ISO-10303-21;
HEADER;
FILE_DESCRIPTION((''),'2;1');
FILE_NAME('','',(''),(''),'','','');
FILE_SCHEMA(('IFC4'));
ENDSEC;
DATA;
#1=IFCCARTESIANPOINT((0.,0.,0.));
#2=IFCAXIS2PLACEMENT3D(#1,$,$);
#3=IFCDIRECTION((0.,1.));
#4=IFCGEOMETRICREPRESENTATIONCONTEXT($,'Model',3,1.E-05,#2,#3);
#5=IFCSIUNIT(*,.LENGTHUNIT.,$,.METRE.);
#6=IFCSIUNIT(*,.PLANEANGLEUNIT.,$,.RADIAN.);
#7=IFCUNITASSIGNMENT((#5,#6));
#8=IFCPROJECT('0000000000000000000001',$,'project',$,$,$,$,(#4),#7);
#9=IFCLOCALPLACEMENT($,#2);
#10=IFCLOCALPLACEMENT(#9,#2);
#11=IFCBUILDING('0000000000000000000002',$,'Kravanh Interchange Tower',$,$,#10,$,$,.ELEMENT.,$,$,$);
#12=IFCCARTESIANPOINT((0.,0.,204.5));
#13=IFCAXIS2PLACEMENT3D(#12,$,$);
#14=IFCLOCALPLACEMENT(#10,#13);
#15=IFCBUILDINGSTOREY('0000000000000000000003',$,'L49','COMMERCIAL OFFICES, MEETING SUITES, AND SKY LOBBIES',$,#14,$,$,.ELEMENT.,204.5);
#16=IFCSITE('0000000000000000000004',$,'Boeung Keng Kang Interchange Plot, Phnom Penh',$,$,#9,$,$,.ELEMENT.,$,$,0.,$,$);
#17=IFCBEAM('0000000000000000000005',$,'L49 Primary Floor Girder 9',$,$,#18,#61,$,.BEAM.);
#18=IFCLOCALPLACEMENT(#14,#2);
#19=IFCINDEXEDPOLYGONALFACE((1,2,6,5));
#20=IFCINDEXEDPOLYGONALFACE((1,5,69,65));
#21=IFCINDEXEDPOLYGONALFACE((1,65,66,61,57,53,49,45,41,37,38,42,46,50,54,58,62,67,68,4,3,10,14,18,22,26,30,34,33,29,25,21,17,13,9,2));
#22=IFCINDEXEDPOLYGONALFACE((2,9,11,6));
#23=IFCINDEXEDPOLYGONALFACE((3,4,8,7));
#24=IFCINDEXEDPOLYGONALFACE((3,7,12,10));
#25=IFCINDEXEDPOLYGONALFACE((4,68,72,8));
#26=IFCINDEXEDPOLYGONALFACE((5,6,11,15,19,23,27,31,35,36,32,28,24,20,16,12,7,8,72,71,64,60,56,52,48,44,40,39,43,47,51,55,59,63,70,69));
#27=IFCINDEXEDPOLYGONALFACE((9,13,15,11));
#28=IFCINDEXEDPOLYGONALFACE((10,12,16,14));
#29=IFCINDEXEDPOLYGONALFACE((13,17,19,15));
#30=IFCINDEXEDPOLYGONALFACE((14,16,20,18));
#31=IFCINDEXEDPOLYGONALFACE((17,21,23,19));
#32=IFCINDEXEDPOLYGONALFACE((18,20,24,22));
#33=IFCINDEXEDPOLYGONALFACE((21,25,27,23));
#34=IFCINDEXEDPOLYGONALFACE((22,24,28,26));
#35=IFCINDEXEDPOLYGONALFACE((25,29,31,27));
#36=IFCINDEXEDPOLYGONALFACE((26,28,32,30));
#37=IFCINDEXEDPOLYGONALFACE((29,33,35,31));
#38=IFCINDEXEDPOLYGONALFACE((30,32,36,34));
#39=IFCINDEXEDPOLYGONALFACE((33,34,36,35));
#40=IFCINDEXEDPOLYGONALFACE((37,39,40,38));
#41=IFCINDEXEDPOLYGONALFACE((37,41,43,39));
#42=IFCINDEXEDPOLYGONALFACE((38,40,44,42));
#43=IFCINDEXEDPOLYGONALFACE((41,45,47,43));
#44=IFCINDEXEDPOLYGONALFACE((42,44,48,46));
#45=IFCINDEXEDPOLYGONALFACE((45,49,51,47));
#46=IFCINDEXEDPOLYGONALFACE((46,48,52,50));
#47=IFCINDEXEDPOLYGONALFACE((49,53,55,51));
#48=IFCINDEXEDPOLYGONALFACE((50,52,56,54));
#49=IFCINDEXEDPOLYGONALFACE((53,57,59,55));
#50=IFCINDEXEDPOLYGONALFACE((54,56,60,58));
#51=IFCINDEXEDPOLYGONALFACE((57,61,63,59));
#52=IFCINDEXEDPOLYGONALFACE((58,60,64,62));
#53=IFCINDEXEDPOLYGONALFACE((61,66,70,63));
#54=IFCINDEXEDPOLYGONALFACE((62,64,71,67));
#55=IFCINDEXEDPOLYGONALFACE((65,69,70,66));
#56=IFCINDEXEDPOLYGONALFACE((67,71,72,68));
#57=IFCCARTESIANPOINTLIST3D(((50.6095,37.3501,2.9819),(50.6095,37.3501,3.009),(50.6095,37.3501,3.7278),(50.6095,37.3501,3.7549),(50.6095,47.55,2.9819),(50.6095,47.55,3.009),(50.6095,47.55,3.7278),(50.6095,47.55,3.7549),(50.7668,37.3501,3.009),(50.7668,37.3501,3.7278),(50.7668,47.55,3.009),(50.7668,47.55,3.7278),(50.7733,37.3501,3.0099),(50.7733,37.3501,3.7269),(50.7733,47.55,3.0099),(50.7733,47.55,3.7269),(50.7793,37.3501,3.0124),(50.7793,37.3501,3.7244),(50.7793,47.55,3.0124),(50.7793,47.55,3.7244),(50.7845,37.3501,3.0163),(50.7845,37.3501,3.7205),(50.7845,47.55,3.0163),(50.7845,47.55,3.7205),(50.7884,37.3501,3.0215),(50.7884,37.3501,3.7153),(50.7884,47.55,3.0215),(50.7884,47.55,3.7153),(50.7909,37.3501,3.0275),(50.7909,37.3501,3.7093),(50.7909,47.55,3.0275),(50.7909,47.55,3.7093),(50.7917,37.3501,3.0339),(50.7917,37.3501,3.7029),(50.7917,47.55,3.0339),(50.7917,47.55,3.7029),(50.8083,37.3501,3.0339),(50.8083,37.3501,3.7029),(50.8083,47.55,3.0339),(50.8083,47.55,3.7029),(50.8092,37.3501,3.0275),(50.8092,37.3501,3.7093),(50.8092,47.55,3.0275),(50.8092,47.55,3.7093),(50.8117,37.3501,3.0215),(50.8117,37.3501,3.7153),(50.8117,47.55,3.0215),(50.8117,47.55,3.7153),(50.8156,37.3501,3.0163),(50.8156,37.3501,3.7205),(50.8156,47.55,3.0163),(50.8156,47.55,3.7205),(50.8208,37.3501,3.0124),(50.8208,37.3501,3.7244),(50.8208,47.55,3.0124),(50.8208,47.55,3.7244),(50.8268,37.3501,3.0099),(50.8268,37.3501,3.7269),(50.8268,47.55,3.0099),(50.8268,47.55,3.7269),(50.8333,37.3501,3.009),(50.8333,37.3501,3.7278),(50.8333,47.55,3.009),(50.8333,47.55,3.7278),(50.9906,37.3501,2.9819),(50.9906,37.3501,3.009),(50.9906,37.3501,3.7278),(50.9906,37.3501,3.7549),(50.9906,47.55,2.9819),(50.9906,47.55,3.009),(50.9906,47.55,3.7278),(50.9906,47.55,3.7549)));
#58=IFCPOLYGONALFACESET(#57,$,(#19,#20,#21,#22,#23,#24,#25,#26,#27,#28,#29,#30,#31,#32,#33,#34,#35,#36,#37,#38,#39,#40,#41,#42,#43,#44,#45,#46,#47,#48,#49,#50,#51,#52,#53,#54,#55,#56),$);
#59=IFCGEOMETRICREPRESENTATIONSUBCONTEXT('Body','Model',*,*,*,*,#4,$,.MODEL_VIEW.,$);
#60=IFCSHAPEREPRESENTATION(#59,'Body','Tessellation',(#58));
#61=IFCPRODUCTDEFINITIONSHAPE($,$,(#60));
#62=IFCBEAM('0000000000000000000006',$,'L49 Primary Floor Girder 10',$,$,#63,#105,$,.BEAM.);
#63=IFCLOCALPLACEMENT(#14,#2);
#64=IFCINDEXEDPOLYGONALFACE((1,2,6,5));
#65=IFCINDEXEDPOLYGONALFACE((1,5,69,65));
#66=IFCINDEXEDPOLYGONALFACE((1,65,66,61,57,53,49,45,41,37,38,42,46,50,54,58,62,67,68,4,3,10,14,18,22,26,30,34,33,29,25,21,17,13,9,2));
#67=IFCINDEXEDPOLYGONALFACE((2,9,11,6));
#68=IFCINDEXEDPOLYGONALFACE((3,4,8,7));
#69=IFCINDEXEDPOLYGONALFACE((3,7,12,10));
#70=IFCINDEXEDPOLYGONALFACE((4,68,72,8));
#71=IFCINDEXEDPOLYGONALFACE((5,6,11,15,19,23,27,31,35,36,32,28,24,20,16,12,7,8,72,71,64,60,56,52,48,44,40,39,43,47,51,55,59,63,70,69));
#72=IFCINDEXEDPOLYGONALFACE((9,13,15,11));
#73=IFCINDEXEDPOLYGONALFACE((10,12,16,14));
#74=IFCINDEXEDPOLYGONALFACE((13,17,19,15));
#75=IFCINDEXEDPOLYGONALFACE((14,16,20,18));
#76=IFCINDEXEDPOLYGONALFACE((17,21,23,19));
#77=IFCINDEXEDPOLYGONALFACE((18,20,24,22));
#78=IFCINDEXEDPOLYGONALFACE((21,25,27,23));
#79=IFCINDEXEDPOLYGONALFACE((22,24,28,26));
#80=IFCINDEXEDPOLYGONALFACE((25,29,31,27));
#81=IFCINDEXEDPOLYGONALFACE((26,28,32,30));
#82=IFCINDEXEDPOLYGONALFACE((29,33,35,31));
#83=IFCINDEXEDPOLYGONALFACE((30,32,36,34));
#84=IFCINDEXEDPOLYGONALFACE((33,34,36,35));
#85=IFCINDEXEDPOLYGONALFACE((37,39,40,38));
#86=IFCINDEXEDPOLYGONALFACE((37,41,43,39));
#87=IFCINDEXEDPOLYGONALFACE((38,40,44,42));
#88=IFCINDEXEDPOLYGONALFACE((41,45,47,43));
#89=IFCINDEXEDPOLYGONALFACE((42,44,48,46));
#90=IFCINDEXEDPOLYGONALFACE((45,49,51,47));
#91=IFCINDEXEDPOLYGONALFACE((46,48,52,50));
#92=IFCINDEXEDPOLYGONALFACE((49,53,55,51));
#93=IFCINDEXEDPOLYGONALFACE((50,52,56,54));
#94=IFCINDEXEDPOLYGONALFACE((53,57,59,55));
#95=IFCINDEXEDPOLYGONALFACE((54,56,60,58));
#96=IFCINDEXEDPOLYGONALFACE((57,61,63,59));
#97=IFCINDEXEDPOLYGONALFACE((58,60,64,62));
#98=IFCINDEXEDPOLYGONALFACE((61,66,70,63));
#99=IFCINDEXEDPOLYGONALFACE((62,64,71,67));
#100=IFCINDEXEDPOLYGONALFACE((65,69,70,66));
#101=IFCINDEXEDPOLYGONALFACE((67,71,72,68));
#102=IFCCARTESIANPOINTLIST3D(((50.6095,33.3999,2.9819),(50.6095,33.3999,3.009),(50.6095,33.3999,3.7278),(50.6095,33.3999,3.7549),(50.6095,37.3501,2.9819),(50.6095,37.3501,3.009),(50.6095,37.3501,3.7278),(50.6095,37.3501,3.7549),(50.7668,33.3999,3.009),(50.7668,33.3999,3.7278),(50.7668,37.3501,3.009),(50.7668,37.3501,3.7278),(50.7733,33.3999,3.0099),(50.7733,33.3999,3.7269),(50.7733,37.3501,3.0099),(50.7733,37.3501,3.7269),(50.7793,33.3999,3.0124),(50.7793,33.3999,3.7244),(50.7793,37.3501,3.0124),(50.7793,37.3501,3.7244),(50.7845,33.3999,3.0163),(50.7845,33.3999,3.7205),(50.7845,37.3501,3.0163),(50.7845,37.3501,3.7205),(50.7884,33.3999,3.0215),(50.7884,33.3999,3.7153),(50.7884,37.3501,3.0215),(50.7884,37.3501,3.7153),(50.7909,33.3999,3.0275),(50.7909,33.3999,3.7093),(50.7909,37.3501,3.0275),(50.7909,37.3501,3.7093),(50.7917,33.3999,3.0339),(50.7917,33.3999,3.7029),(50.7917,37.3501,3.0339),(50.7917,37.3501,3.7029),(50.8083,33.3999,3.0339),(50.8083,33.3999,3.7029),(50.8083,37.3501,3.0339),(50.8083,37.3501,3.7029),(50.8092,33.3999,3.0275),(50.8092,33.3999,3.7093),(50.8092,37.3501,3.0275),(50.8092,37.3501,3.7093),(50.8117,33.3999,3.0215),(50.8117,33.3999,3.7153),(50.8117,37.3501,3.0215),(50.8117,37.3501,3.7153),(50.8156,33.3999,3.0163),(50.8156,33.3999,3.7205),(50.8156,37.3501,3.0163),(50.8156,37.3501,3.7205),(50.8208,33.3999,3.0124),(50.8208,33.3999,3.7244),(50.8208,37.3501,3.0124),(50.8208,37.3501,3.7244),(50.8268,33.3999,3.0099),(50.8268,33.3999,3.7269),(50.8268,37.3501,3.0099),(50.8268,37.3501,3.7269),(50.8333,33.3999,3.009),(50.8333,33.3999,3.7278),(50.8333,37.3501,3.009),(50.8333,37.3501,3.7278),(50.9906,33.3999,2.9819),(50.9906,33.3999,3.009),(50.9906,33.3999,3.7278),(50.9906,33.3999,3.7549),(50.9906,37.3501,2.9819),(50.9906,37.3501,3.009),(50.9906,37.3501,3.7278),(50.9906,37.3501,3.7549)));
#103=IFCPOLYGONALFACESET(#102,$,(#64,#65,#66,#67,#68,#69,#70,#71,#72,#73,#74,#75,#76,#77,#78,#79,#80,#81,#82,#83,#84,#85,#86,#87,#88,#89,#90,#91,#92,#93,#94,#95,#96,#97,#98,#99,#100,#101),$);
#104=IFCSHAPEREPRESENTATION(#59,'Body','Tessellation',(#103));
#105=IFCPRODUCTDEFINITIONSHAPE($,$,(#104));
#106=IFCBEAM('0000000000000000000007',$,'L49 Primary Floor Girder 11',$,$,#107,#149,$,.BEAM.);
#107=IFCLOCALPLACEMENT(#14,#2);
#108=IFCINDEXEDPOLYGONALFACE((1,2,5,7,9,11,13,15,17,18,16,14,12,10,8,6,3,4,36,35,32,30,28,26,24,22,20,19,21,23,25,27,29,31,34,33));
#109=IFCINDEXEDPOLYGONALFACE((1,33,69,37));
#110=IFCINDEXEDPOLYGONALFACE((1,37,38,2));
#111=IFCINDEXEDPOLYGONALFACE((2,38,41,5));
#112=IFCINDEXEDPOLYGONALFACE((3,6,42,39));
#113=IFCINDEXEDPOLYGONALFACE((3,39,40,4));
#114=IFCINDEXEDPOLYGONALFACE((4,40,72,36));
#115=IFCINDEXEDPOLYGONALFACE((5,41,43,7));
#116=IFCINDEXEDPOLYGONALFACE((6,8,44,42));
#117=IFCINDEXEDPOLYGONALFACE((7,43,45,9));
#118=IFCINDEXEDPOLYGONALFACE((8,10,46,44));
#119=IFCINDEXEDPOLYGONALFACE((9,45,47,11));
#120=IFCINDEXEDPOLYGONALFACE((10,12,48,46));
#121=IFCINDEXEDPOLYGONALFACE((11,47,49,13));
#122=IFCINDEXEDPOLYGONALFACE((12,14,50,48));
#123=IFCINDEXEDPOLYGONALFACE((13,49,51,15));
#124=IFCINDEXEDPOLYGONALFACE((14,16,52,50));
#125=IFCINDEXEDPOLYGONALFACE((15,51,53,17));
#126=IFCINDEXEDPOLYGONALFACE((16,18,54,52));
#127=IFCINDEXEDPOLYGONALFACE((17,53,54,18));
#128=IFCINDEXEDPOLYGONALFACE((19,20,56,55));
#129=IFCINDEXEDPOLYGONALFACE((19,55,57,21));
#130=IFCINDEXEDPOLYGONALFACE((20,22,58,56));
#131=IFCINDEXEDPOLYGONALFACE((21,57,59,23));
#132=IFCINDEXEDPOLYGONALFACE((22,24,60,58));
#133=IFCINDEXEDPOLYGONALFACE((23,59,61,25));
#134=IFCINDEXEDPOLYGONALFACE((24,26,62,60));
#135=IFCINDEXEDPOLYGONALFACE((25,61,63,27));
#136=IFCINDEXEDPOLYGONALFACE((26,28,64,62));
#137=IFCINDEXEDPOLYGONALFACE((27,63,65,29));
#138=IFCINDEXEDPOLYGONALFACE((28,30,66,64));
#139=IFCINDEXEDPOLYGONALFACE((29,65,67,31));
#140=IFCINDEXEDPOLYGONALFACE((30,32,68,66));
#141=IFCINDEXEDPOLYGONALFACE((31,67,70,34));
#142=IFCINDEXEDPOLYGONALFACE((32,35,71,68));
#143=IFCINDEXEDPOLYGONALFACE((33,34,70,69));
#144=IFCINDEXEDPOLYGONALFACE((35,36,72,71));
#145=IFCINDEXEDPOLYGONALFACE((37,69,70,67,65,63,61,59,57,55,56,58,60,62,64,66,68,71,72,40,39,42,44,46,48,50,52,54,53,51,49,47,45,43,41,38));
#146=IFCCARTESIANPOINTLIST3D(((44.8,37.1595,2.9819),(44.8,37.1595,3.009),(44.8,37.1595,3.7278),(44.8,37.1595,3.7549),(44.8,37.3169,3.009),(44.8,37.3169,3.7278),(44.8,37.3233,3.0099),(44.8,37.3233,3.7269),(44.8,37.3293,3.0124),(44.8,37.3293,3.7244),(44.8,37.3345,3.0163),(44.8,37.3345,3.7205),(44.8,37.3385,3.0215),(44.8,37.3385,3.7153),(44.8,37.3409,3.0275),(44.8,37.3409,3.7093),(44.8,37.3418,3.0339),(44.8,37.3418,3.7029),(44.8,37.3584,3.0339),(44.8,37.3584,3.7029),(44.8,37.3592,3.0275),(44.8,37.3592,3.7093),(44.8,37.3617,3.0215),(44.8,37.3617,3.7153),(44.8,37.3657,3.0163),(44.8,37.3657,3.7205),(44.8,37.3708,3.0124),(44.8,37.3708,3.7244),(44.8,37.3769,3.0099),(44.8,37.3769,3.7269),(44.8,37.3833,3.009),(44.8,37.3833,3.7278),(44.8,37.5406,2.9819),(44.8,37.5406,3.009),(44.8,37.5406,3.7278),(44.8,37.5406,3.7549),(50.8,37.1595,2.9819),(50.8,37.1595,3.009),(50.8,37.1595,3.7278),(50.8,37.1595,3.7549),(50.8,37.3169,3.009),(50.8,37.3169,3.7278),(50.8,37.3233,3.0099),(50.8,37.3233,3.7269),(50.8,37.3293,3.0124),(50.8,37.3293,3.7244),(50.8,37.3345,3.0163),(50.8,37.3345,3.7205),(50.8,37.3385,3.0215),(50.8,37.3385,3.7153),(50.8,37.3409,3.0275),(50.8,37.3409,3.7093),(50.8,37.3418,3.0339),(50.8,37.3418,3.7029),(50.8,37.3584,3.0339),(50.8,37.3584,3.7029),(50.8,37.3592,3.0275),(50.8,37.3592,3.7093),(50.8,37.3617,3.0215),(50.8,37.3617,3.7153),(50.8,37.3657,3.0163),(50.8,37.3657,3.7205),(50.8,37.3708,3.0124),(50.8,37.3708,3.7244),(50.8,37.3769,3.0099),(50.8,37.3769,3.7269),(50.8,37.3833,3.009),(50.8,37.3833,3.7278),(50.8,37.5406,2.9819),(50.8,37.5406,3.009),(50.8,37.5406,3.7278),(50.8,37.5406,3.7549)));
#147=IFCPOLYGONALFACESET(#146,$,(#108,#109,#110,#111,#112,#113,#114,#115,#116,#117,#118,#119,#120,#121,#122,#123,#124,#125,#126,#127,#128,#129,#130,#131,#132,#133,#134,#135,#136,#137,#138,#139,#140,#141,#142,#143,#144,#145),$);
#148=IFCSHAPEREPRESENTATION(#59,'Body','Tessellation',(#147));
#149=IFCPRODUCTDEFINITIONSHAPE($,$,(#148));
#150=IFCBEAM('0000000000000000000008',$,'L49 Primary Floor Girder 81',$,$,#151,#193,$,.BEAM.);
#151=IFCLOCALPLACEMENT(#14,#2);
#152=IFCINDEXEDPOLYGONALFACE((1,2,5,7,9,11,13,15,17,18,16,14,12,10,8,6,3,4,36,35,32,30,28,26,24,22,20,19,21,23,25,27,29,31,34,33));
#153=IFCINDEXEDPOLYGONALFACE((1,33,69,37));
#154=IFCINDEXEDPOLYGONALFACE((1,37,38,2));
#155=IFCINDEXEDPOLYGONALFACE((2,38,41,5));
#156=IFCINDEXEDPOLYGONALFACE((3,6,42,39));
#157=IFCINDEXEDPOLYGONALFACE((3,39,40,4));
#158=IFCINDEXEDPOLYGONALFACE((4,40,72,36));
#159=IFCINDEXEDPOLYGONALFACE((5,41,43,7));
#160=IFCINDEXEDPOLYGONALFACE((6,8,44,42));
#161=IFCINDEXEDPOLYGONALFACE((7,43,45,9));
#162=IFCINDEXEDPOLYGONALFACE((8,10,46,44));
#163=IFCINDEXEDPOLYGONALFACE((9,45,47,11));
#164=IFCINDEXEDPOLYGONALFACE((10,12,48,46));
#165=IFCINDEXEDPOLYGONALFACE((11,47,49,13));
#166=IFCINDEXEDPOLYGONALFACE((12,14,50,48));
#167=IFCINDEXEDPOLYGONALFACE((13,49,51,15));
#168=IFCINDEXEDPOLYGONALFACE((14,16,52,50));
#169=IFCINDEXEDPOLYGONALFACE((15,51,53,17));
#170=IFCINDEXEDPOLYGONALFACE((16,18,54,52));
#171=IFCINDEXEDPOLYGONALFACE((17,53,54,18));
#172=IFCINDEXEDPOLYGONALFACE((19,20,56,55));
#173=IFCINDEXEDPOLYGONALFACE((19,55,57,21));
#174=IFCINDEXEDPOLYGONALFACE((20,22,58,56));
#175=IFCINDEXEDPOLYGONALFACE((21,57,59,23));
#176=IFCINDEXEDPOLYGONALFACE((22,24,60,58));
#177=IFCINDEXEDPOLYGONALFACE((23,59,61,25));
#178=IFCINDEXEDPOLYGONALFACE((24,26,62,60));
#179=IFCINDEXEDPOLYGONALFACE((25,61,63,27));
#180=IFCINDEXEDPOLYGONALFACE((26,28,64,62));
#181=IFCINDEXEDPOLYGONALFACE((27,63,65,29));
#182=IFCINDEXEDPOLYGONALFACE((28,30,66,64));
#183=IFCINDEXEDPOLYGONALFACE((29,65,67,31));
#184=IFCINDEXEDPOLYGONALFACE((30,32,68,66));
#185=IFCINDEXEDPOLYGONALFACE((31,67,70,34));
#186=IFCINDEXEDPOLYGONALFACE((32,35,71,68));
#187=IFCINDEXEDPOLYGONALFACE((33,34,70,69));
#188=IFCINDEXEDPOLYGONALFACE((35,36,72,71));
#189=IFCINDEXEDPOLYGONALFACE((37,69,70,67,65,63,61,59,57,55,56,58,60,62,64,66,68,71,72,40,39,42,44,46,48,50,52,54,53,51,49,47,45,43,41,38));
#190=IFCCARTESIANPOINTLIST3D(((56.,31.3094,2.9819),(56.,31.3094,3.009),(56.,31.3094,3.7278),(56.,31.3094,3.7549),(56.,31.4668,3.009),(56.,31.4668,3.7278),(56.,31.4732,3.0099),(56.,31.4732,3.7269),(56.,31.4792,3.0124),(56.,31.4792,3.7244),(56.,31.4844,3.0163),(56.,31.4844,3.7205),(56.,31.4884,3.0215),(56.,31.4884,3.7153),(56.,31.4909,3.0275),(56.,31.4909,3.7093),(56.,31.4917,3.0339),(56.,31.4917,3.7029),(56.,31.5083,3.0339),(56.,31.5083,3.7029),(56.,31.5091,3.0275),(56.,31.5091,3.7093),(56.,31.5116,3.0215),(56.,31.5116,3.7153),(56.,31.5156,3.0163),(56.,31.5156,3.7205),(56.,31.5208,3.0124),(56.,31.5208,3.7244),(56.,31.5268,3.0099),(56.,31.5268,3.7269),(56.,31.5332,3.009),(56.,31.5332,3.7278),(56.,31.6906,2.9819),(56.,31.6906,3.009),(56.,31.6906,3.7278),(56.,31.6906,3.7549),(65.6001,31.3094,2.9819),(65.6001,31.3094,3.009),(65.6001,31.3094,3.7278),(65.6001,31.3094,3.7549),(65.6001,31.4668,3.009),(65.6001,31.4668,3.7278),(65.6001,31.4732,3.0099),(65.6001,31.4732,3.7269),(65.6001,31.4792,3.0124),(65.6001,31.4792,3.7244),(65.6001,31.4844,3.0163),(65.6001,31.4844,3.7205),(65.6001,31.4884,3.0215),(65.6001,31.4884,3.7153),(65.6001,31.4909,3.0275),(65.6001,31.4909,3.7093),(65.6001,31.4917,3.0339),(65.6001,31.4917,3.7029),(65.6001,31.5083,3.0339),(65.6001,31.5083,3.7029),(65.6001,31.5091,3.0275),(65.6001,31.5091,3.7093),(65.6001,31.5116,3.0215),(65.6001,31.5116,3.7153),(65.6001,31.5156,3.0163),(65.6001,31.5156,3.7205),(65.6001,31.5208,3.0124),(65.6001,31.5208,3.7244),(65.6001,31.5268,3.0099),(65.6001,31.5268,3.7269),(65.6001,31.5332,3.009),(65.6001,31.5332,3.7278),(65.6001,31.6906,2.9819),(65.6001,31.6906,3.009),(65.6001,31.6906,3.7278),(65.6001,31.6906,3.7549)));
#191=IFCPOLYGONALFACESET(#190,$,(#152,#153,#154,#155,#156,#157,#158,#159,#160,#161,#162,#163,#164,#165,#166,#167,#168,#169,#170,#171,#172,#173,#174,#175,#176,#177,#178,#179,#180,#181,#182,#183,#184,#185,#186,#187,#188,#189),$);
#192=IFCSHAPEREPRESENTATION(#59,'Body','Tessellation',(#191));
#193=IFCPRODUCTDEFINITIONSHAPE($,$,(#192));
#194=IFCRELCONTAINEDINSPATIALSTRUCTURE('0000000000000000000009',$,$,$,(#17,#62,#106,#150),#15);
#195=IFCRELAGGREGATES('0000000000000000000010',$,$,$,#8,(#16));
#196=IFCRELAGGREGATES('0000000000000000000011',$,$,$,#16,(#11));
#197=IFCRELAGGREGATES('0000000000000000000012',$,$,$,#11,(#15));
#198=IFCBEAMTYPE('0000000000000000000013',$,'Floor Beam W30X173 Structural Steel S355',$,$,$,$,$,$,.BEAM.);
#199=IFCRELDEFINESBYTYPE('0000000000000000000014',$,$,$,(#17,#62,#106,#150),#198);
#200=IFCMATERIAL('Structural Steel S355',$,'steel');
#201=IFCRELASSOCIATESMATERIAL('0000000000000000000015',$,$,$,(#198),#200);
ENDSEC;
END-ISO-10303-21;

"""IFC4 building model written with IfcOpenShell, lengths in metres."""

from ifc_helpers import new_model, si_unit, direction, frame, origin, origin_2d, place, context, subcontext, project, spatial, i_section, extrude, material, material_profile, profile_set, type_object, element, save


model = new_model("IFC4")

# Units and contexts
model_context = context("Model", 3, precision=1e-05, world=origin(), true_north=direction((0.0, 1.0)))
body_context = subcontext(model_context, "Body", "Model", "MODEL_VIEW")
ifc_project = project(units=[si_unit("LENGTHUNIT", "METRE"), si_unit("PLANEANGLEUNIT", "RADIAN")], contexts=[model_context])

# Site, building, storey
site_placement = place(None, origin())
site = spatial("IfcSite", under=ifc_project, at=site_placement, Name="Boeung Keng Kang Interchange Plot, Phnom Penh", CompositionType="ELEMENT", RefElevation=0.0)
building_placement = place(site_placement, origin())
building = spatial("IfcBuilding", under=site, at=building_placement, Name="Kravanh Interchange Tower", CompositionType="ELEMENT")
storey_placement = place(building_placement, frame((0.0, 0.0, 204.5)))
storey = spatial("IfcBuildingStorey", under=building, at=storey_placement, Name="L49", Description="COMMERCIAL OFFICES, MEETING SUITES, AND SKY LOBBIES", CompositionType="ELEMENT", Elevation=204.5)

# Beams
ifc_material_1 = material(Name="Structural Steel S355", Category="steel")
ifc_material_profile_1 = material_profile(ifc_material_1, i_section(OverallWidth=0.3811, OverallDepth=0.7729, WebThickness=0.0166, FlangeThickness=0.0271, FilletRadius=0.0249, at=origin_2d()), Name="W30X173")
ifc_profile_set_1 = profile_set([ifc_material_profile_1], Name="Structural Steel S355")
beam_type_1 = type_object("IfcBeamType", Name="Floor Beam W30X173 Structural Steel S355", PredefinedType="BEAM", material=ifc_profile_set_1)
beam_1_placement = place(storey_placement, frame((50.8, 47.55, 3.3684), z_axis=(0.0, -1.0, 0.0), x_axis=(1.0, 0.0, 0.0)))
element("IfcBeam", 1, at=beam_1_placement, inside=storey, type_object=beam_type_1, Name="L49 Primary Floor Girder 9", PredefinedType="BEAM", context=body_context, shape_type="SweptSolid", body=[
    extrude(i_section(OverallWidth=0.3811, OverallDepth=0.7729, WebThickness=0.0166, FlangeThickness=0.0271, FilletRadius=0.0249, at=origin_2d()), origin(), (0.0, 0.0, 1.0), 10.2),
])
beam_2_placement = place(storey_placement, frame((50.8, 37.3501, 3.3684), z_axis=(0.0, -1.0, 0.0), x_axis=(1.0, 0.0, 0.0)))
element("IfcBeam", 2, at=beam_2_placement, inside=storey, type_object=beam_type_1, Name="L49 Primary Floor Girder 10", PredefinedType="BEAM", context=body_context, shape_type="SweptSolid", body=[
    extrude(i_section(OverallWidth=0.3811, OverallDepth=0.7729, WebThickness=0.0166, FlangeThickness=0.0271, FilletRadius=0.0249, at=origin_2d()), origin(), (0.0, 0.0, 1.0), 3.9502),
])
beam_3_placement = place(storey_placement, frame((50.8, 37.3501, 3.3684), z_axis=(-1.0, 0.0, 0.0), x_axis=(0.0, -1.0, 0.0)))
element("IfcBeam", 3, at=beam_3_placement, inside=storey, type_object=beam_type_1, Name="L49 Primary Floor Girder 11", PredefinedType="BEAM", context=body_context, shape_type="SweptSolid", body=[
    extrude(i_section(OverallWidth=0.3811, OverallDepth=0.7729, WebThickness=0.0166, FlangeThickness=0.0271, FilletRadius=0.0249, at=origin_2d()), origin(), (0.0, 0.0, 1.0), 6.0),
])
beam_4_placement = place(storey_placement, frame((56.0, 31.5, 3.3684), z_axis=(1.0, 0.0, 0.0), x_axis=(0.0, 1.0, 0.0)))
element("IfcBeam", 4, at=beam_4_placement, inside=storey, type_object=beam_type_1, Name="L49 Primary Floor Girder 81", PredefinedType="BEAM", context=body_context, shape_type="SweptSolid", body=[
    extrude(i_section(OverallWidth=0.3811, OverallDepth=0.7729, WebThickness=0.0166, FlangeThickness=0.0271, FilletRadius=0.0249, at=origin_2d()), origin(), (0.0, 0.0, 1.0), 9.6001),
])

save(model, "model.ifc")
